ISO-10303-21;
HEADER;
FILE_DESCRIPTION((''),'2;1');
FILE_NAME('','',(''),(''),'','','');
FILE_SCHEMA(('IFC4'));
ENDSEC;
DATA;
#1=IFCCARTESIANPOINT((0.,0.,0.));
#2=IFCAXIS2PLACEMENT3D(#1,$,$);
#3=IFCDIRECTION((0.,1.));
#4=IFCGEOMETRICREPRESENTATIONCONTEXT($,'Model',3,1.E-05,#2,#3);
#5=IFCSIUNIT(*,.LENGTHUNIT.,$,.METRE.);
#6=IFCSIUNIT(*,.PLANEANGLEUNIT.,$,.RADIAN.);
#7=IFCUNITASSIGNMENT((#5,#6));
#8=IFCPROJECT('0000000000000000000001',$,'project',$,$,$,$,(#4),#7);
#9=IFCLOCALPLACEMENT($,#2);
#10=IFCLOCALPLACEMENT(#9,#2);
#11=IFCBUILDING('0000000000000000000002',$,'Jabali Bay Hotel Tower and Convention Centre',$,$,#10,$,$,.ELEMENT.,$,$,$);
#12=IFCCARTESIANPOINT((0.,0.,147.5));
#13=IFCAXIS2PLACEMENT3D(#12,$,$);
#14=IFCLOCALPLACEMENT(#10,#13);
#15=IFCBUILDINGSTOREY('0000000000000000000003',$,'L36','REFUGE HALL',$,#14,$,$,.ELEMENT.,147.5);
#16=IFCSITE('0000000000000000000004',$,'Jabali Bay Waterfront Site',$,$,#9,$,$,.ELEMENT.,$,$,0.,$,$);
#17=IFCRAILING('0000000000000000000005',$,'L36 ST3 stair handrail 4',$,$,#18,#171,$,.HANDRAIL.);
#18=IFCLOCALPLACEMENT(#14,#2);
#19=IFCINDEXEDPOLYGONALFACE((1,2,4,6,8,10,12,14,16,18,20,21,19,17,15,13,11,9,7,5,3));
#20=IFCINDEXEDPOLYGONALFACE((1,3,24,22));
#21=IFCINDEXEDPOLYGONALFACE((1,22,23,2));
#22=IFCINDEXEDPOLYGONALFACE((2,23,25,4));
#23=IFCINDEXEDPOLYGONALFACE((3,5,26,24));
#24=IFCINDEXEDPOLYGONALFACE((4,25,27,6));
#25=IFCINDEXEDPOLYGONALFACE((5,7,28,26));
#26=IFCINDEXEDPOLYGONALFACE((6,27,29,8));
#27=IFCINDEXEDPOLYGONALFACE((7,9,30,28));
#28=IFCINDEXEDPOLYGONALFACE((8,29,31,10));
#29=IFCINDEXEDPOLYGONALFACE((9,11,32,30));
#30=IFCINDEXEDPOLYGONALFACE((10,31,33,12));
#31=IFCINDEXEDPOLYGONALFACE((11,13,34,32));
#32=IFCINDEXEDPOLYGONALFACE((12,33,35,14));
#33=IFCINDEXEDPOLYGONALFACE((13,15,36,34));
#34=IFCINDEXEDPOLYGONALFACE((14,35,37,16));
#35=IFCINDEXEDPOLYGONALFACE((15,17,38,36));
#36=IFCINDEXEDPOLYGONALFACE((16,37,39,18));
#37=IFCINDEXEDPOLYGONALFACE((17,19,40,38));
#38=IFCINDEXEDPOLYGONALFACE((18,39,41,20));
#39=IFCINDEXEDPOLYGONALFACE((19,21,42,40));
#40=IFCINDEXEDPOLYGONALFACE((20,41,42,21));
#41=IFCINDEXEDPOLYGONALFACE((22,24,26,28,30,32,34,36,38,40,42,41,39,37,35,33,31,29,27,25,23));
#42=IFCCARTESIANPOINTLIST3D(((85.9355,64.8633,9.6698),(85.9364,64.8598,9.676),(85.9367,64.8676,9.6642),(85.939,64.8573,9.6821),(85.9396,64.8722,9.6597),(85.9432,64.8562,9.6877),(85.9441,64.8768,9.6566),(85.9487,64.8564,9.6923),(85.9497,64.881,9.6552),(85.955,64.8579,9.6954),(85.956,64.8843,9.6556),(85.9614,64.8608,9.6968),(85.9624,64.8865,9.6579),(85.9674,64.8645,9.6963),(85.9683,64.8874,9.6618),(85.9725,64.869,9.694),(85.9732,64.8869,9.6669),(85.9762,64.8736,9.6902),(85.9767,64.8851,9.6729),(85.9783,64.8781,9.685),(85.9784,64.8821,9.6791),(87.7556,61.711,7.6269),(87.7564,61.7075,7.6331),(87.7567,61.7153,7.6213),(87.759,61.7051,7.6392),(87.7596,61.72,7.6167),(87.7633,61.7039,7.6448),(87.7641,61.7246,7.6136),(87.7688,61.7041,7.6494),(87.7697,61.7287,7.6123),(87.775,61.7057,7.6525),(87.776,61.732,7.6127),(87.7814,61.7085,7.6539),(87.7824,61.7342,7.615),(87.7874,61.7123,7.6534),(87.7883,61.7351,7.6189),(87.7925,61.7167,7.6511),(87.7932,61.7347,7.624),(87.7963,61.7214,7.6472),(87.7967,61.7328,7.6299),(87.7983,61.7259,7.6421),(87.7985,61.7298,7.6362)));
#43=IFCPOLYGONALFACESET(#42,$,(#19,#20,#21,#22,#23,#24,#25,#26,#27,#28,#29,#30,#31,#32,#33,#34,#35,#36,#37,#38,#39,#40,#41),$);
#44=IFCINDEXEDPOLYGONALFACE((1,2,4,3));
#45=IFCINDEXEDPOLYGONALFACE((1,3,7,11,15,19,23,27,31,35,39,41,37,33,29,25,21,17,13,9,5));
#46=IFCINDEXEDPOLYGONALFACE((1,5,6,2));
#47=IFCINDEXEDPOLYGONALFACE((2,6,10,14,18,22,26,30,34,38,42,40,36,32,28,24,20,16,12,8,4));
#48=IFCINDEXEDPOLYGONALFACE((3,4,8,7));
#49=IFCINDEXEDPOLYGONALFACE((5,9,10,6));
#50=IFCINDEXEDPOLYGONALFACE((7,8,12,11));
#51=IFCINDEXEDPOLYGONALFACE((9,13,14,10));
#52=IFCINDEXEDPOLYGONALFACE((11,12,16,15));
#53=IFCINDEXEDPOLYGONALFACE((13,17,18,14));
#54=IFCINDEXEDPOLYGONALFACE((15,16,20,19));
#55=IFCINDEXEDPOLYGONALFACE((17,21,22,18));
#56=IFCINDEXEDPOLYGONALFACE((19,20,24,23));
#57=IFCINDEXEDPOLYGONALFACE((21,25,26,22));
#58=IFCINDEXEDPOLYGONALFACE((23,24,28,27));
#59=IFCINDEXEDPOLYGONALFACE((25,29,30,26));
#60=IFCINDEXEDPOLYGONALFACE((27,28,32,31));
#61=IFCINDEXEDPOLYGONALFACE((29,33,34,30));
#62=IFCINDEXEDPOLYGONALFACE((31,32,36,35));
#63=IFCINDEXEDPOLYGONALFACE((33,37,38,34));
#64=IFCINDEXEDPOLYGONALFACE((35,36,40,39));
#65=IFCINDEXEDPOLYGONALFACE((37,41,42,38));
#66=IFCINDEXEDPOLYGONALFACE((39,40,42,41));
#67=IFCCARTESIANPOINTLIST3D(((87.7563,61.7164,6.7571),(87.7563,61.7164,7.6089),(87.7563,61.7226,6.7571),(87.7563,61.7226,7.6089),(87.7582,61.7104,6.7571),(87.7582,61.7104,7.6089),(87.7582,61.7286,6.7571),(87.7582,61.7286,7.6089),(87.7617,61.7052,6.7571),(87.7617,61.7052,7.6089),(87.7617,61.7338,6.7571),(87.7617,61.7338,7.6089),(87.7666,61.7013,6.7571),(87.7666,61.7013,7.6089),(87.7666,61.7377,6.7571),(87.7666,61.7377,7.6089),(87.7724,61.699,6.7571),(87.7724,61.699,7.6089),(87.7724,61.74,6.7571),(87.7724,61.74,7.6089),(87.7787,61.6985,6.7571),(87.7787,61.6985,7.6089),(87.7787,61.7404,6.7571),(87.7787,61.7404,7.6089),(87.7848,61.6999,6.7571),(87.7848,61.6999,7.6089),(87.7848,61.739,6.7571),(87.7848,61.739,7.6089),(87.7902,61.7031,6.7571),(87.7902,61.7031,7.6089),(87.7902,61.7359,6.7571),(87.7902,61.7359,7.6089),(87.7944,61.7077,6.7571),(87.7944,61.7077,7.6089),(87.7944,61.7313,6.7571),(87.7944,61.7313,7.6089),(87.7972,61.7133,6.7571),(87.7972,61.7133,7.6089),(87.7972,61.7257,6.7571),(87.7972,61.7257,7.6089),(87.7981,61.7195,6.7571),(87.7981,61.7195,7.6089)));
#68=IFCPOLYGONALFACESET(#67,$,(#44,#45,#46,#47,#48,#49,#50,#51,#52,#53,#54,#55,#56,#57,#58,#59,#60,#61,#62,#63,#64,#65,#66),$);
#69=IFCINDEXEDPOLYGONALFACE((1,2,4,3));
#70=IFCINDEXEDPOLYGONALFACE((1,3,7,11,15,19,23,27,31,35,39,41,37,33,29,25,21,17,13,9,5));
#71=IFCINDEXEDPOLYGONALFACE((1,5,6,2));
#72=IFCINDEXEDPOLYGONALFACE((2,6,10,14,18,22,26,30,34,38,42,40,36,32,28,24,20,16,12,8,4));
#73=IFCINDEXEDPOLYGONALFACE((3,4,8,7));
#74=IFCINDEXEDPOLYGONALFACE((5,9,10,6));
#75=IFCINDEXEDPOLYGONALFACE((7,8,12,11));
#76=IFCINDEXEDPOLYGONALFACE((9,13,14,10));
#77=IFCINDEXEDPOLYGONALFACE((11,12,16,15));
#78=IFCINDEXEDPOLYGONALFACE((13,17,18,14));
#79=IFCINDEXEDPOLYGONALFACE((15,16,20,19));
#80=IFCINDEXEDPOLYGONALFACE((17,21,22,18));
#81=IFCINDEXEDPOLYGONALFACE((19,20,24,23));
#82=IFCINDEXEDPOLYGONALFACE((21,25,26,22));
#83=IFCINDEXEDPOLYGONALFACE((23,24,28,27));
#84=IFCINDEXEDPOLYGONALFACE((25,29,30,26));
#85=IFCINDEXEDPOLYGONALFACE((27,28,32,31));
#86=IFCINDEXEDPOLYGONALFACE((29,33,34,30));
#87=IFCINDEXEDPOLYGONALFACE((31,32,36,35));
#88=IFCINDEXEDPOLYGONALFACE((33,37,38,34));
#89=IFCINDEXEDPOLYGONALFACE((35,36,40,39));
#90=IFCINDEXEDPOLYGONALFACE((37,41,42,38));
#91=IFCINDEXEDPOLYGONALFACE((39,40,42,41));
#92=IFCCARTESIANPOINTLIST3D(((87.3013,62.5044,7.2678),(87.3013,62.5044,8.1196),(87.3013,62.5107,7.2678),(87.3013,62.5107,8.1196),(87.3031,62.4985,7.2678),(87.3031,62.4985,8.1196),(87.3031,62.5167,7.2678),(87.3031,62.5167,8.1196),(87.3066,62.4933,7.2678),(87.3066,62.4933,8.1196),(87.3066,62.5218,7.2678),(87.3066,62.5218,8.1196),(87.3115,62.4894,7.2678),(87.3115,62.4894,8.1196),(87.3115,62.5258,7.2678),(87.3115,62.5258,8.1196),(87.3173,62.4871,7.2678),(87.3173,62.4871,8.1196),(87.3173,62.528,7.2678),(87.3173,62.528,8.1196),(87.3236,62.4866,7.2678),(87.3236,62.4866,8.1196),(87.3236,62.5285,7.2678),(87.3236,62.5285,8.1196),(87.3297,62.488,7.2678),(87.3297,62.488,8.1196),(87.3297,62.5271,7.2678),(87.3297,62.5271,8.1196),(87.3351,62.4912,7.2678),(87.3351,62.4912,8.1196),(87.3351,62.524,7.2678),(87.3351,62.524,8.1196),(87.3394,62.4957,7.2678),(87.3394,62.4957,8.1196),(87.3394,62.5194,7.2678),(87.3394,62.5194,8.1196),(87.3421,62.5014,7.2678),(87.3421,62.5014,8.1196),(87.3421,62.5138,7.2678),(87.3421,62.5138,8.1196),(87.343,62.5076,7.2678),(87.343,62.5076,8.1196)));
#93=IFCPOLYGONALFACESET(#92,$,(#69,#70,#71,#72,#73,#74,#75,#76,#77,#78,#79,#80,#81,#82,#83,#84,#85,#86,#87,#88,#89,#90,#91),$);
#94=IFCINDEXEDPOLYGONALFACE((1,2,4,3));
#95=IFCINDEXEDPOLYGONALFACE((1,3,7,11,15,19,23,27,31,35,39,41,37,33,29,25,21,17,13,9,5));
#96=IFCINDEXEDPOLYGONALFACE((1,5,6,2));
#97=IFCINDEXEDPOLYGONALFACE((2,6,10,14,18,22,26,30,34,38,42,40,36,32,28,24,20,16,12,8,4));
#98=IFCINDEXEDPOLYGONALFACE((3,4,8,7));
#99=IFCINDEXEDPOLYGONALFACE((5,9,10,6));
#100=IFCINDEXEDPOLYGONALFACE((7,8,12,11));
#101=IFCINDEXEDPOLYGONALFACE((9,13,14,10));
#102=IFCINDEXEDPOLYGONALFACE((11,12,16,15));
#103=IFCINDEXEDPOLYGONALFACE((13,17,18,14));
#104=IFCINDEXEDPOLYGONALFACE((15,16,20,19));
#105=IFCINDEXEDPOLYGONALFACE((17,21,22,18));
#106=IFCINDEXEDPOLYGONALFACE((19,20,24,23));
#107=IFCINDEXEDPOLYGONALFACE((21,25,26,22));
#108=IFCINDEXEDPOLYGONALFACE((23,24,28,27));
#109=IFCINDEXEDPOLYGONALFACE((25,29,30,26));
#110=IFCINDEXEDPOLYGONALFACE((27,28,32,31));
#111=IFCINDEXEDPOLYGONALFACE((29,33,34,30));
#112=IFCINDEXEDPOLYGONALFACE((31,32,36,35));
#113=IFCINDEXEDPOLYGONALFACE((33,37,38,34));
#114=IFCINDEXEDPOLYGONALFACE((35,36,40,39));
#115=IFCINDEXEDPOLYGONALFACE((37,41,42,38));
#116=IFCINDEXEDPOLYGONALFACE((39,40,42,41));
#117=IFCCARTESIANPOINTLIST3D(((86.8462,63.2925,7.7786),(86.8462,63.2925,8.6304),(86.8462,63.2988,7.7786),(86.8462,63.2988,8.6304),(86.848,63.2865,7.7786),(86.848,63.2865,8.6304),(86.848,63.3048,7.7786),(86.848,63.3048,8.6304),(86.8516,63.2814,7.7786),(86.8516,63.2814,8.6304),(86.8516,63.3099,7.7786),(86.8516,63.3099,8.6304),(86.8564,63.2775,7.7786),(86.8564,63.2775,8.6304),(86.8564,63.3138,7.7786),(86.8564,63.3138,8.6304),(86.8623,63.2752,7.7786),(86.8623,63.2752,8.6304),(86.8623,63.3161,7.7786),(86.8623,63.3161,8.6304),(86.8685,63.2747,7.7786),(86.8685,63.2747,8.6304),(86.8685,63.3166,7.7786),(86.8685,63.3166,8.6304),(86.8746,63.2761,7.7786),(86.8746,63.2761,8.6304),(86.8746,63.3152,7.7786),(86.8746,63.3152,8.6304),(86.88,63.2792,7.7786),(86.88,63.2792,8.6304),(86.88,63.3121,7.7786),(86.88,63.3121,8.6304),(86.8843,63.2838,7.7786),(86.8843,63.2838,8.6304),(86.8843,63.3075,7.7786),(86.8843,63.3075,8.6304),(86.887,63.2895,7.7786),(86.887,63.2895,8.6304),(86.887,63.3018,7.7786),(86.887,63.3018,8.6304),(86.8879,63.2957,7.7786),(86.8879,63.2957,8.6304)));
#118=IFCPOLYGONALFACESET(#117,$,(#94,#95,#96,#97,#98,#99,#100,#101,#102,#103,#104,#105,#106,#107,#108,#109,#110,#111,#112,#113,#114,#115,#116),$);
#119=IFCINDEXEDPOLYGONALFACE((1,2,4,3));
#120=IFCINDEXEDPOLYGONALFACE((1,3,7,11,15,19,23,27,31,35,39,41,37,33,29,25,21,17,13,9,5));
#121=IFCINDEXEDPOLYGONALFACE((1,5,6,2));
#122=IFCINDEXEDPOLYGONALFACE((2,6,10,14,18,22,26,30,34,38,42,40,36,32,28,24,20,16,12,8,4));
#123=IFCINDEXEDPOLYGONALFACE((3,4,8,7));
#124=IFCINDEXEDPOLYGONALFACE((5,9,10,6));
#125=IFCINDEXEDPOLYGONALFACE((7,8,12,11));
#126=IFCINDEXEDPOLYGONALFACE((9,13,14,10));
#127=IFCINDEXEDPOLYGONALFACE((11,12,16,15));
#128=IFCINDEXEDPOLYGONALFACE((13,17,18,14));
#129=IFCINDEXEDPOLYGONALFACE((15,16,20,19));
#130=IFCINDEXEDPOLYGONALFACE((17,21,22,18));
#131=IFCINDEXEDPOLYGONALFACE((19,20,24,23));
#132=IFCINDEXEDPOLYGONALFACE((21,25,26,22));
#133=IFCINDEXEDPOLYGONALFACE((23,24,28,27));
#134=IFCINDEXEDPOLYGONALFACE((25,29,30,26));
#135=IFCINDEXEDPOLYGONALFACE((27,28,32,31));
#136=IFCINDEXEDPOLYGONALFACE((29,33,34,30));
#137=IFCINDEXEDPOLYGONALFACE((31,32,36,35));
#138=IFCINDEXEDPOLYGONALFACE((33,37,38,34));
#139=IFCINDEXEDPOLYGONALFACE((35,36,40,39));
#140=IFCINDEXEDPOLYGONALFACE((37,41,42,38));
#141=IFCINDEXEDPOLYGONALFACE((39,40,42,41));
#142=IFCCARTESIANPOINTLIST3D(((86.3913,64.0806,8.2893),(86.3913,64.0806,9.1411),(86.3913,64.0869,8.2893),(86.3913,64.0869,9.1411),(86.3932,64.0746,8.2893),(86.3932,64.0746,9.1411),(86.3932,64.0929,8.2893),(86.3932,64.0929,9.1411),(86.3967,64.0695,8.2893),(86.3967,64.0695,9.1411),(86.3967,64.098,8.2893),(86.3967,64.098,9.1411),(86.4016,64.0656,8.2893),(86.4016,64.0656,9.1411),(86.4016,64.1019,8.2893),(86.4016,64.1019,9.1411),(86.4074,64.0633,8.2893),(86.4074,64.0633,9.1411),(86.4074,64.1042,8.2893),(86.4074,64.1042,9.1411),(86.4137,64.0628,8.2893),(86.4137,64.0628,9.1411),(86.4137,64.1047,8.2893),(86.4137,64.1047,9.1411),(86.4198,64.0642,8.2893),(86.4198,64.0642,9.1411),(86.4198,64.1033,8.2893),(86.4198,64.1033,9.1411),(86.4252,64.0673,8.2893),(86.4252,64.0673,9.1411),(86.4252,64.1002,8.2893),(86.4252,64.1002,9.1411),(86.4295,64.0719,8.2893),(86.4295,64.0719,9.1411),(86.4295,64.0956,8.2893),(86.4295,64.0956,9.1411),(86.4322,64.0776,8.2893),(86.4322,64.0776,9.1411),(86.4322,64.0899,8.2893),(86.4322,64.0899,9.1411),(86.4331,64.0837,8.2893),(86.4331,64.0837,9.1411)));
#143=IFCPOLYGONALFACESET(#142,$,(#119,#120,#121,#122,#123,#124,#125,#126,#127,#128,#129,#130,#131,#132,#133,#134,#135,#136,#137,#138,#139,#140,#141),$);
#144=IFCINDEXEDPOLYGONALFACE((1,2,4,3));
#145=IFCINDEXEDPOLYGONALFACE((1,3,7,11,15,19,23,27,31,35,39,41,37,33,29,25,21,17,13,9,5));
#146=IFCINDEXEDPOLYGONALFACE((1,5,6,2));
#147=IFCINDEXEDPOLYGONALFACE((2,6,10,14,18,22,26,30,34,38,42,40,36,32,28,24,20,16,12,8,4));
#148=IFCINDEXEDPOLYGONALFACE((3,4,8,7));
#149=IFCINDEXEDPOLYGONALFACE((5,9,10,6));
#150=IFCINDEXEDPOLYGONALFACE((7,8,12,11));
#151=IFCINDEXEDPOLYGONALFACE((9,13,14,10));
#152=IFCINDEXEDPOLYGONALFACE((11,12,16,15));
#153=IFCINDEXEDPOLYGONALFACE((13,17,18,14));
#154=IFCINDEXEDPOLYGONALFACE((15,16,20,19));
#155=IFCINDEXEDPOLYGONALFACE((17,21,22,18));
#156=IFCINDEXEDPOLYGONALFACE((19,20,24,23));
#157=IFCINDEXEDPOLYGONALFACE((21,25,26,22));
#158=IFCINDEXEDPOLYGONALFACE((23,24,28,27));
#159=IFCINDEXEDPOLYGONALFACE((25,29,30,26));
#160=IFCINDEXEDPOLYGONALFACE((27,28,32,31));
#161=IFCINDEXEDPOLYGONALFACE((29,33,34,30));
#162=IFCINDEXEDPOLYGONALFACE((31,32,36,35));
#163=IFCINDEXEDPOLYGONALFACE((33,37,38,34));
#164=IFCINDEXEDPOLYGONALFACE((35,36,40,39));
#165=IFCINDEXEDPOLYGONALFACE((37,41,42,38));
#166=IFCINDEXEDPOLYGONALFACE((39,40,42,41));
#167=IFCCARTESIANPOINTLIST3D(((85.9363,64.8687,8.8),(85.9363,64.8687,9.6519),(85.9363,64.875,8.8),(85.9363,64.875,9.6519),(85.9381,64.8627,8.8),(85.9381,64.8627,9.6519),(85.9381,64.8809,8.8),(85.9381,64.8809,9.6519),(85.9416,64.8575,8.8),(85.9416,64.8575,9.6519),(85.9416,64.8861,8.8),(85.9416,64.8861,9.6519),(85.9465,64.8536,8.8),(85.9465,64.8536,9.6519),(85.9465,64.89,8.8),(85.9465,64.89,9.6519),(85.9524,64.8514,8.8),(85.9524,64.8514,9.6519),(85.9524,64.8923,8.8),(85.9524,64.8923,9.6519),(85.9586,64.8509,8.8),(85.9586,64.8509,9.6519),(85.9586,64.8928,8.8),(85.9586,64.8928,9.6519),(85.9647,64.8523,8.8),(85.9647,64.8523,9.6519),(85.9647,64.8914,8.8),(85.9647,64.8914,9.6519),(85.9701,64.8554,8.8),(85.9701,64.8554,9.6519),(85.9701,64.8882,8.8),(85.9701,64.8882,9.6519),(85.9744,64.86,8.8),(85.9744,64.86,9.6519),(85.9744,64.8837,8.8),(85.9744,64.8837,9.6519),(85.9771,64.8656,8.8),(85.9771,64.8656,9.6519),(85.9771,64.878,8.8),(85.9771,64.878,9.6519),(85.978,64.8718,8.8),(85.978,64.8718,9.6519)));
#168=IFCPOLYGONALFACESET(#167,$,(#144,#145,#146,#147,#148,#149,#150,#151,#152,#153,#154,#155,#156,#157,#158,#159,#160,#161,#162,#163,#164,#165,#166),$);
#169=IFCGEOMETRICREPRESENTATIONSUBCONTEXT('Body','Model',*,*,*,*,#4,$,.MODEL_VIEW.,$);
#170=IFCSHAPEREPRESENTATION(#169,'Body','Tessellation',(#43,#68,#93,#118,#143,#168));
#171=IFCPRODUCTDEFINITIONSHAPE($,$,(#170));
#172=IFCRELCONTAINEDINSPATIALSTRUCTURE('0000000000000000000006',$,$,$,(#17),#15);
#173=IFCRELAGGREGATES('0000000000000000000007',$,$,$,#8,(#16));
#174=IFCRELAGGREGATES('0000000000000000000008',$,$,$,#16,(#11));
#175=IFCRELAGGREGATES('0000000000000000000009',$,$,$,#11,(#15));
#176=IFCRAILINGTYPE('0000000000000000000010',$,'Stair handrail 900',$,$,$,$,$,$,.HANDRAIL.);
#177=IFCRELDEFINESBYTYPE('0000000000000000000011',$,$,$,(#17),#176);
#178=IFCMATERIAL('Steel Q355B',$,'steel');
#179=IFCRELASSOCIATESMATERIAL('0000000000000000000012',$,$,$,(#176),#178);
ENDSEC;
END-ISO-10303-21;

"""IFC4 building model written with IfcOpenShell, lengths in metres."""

from ifc_helpers import new_model, si_unit, direction, frame, origin, origin_2d, place, context, subcontext, project, spatial, circle, extrude, material, type_object, element, save


model = new_model("IFC4")

# Units and contexts
model_context = context("Model", 3, precision=1e-05, world=origin(), true_north=direction((0.0, 1.0)))
body_context = subcontext(model_context, "Body", "Model", "MODEL_VIEW")
ifc_project = project(units=[si_unit("LENGTHUNIT", "METRE"), si_unit("PLANEANGLEUNIT", "RADIAN")], contexts=[model_context])

# Site, building, storey
site_placement = place(None, origin())
site = spatial("IfcSite", under=ifc_project, at=site_placement, Name="Jabali Bay Waterfront Site", CompositionType="ELEMENT", RefElevation=0.0)
building_placement = place(site_placement, origin())
building = spatial("IfcBuilding", under=site, at=building_placement, Name="Jabali Bay Hotel Tower and Convention Centre", CompositionType="ELEMENT")
storey_placement = place(building_placement, frame((0.0, 0.0, 147.5)))
storey = spatial("IfcBuildingStorey", under=building, at=storey_placement, Name="L36", Description="REFUGE HALL", CompositionType="ELEMENT", Elevation=147.5)

# Railing
ifc_material_1 = material(Name="Steel Q355B", Category="steel")
railing_type_1 = type_object("IfcRailingType", Name="Stair handrail 900", PredefinedType="HANDRAIL", material=ifc_material_1)
railing_1_placement = place(storey_placement, frame((87.7771, 61.7195, 6.7571)))
element("IfcRailing", 1, at=railing_1_placement, inside=storey, type_object=railing_type_1, Name="L36 ST3 stair handrail 4", PredefinedType="HANDRAIL", context=body_context, shape_type="SweptSolid", body=[
    extrude(circle(Radius=0.0239, at=origin_2d()), frame((0.0, 0.0, 0.876), z_axis=(-0.436032, 0.755204, 0.489432), x_axis=(-0.866018, -0.500013, 0.0)), (0.0, 0.0, 1.0), 4.1741),
    extrude(circle(Radius=0.021, at=origin_2d()), origin(), (0.0, 0.0, 1.0), 0.8518),
    extrude(circle(Radius=0.021, at=origin_2d()), frame((-0.4551, 0.7881, 0.5107)), (0.0, 0.0, 1.0), 0.8518),
    extrude(circle(Radius=0.021, at=origin_2d()), frame((-0.9102, 1.5762, 1.0215)), (0.0, 0.0, 1.0), 0.8518),
    extrude(circle(Radius=0.021, at=origin_2d()), frame((-1.365, 2.3643, 1.5322)), (0.0, 0.0, 1.0), 0.8518),
    extrude(circle(Radius=0.021, at=origin_2d()), frame((-1.8201, 3.1523, 2.043)), (0.0, 0.0, 1.0), 0.8518),
])

save(model, "model.ifc")
